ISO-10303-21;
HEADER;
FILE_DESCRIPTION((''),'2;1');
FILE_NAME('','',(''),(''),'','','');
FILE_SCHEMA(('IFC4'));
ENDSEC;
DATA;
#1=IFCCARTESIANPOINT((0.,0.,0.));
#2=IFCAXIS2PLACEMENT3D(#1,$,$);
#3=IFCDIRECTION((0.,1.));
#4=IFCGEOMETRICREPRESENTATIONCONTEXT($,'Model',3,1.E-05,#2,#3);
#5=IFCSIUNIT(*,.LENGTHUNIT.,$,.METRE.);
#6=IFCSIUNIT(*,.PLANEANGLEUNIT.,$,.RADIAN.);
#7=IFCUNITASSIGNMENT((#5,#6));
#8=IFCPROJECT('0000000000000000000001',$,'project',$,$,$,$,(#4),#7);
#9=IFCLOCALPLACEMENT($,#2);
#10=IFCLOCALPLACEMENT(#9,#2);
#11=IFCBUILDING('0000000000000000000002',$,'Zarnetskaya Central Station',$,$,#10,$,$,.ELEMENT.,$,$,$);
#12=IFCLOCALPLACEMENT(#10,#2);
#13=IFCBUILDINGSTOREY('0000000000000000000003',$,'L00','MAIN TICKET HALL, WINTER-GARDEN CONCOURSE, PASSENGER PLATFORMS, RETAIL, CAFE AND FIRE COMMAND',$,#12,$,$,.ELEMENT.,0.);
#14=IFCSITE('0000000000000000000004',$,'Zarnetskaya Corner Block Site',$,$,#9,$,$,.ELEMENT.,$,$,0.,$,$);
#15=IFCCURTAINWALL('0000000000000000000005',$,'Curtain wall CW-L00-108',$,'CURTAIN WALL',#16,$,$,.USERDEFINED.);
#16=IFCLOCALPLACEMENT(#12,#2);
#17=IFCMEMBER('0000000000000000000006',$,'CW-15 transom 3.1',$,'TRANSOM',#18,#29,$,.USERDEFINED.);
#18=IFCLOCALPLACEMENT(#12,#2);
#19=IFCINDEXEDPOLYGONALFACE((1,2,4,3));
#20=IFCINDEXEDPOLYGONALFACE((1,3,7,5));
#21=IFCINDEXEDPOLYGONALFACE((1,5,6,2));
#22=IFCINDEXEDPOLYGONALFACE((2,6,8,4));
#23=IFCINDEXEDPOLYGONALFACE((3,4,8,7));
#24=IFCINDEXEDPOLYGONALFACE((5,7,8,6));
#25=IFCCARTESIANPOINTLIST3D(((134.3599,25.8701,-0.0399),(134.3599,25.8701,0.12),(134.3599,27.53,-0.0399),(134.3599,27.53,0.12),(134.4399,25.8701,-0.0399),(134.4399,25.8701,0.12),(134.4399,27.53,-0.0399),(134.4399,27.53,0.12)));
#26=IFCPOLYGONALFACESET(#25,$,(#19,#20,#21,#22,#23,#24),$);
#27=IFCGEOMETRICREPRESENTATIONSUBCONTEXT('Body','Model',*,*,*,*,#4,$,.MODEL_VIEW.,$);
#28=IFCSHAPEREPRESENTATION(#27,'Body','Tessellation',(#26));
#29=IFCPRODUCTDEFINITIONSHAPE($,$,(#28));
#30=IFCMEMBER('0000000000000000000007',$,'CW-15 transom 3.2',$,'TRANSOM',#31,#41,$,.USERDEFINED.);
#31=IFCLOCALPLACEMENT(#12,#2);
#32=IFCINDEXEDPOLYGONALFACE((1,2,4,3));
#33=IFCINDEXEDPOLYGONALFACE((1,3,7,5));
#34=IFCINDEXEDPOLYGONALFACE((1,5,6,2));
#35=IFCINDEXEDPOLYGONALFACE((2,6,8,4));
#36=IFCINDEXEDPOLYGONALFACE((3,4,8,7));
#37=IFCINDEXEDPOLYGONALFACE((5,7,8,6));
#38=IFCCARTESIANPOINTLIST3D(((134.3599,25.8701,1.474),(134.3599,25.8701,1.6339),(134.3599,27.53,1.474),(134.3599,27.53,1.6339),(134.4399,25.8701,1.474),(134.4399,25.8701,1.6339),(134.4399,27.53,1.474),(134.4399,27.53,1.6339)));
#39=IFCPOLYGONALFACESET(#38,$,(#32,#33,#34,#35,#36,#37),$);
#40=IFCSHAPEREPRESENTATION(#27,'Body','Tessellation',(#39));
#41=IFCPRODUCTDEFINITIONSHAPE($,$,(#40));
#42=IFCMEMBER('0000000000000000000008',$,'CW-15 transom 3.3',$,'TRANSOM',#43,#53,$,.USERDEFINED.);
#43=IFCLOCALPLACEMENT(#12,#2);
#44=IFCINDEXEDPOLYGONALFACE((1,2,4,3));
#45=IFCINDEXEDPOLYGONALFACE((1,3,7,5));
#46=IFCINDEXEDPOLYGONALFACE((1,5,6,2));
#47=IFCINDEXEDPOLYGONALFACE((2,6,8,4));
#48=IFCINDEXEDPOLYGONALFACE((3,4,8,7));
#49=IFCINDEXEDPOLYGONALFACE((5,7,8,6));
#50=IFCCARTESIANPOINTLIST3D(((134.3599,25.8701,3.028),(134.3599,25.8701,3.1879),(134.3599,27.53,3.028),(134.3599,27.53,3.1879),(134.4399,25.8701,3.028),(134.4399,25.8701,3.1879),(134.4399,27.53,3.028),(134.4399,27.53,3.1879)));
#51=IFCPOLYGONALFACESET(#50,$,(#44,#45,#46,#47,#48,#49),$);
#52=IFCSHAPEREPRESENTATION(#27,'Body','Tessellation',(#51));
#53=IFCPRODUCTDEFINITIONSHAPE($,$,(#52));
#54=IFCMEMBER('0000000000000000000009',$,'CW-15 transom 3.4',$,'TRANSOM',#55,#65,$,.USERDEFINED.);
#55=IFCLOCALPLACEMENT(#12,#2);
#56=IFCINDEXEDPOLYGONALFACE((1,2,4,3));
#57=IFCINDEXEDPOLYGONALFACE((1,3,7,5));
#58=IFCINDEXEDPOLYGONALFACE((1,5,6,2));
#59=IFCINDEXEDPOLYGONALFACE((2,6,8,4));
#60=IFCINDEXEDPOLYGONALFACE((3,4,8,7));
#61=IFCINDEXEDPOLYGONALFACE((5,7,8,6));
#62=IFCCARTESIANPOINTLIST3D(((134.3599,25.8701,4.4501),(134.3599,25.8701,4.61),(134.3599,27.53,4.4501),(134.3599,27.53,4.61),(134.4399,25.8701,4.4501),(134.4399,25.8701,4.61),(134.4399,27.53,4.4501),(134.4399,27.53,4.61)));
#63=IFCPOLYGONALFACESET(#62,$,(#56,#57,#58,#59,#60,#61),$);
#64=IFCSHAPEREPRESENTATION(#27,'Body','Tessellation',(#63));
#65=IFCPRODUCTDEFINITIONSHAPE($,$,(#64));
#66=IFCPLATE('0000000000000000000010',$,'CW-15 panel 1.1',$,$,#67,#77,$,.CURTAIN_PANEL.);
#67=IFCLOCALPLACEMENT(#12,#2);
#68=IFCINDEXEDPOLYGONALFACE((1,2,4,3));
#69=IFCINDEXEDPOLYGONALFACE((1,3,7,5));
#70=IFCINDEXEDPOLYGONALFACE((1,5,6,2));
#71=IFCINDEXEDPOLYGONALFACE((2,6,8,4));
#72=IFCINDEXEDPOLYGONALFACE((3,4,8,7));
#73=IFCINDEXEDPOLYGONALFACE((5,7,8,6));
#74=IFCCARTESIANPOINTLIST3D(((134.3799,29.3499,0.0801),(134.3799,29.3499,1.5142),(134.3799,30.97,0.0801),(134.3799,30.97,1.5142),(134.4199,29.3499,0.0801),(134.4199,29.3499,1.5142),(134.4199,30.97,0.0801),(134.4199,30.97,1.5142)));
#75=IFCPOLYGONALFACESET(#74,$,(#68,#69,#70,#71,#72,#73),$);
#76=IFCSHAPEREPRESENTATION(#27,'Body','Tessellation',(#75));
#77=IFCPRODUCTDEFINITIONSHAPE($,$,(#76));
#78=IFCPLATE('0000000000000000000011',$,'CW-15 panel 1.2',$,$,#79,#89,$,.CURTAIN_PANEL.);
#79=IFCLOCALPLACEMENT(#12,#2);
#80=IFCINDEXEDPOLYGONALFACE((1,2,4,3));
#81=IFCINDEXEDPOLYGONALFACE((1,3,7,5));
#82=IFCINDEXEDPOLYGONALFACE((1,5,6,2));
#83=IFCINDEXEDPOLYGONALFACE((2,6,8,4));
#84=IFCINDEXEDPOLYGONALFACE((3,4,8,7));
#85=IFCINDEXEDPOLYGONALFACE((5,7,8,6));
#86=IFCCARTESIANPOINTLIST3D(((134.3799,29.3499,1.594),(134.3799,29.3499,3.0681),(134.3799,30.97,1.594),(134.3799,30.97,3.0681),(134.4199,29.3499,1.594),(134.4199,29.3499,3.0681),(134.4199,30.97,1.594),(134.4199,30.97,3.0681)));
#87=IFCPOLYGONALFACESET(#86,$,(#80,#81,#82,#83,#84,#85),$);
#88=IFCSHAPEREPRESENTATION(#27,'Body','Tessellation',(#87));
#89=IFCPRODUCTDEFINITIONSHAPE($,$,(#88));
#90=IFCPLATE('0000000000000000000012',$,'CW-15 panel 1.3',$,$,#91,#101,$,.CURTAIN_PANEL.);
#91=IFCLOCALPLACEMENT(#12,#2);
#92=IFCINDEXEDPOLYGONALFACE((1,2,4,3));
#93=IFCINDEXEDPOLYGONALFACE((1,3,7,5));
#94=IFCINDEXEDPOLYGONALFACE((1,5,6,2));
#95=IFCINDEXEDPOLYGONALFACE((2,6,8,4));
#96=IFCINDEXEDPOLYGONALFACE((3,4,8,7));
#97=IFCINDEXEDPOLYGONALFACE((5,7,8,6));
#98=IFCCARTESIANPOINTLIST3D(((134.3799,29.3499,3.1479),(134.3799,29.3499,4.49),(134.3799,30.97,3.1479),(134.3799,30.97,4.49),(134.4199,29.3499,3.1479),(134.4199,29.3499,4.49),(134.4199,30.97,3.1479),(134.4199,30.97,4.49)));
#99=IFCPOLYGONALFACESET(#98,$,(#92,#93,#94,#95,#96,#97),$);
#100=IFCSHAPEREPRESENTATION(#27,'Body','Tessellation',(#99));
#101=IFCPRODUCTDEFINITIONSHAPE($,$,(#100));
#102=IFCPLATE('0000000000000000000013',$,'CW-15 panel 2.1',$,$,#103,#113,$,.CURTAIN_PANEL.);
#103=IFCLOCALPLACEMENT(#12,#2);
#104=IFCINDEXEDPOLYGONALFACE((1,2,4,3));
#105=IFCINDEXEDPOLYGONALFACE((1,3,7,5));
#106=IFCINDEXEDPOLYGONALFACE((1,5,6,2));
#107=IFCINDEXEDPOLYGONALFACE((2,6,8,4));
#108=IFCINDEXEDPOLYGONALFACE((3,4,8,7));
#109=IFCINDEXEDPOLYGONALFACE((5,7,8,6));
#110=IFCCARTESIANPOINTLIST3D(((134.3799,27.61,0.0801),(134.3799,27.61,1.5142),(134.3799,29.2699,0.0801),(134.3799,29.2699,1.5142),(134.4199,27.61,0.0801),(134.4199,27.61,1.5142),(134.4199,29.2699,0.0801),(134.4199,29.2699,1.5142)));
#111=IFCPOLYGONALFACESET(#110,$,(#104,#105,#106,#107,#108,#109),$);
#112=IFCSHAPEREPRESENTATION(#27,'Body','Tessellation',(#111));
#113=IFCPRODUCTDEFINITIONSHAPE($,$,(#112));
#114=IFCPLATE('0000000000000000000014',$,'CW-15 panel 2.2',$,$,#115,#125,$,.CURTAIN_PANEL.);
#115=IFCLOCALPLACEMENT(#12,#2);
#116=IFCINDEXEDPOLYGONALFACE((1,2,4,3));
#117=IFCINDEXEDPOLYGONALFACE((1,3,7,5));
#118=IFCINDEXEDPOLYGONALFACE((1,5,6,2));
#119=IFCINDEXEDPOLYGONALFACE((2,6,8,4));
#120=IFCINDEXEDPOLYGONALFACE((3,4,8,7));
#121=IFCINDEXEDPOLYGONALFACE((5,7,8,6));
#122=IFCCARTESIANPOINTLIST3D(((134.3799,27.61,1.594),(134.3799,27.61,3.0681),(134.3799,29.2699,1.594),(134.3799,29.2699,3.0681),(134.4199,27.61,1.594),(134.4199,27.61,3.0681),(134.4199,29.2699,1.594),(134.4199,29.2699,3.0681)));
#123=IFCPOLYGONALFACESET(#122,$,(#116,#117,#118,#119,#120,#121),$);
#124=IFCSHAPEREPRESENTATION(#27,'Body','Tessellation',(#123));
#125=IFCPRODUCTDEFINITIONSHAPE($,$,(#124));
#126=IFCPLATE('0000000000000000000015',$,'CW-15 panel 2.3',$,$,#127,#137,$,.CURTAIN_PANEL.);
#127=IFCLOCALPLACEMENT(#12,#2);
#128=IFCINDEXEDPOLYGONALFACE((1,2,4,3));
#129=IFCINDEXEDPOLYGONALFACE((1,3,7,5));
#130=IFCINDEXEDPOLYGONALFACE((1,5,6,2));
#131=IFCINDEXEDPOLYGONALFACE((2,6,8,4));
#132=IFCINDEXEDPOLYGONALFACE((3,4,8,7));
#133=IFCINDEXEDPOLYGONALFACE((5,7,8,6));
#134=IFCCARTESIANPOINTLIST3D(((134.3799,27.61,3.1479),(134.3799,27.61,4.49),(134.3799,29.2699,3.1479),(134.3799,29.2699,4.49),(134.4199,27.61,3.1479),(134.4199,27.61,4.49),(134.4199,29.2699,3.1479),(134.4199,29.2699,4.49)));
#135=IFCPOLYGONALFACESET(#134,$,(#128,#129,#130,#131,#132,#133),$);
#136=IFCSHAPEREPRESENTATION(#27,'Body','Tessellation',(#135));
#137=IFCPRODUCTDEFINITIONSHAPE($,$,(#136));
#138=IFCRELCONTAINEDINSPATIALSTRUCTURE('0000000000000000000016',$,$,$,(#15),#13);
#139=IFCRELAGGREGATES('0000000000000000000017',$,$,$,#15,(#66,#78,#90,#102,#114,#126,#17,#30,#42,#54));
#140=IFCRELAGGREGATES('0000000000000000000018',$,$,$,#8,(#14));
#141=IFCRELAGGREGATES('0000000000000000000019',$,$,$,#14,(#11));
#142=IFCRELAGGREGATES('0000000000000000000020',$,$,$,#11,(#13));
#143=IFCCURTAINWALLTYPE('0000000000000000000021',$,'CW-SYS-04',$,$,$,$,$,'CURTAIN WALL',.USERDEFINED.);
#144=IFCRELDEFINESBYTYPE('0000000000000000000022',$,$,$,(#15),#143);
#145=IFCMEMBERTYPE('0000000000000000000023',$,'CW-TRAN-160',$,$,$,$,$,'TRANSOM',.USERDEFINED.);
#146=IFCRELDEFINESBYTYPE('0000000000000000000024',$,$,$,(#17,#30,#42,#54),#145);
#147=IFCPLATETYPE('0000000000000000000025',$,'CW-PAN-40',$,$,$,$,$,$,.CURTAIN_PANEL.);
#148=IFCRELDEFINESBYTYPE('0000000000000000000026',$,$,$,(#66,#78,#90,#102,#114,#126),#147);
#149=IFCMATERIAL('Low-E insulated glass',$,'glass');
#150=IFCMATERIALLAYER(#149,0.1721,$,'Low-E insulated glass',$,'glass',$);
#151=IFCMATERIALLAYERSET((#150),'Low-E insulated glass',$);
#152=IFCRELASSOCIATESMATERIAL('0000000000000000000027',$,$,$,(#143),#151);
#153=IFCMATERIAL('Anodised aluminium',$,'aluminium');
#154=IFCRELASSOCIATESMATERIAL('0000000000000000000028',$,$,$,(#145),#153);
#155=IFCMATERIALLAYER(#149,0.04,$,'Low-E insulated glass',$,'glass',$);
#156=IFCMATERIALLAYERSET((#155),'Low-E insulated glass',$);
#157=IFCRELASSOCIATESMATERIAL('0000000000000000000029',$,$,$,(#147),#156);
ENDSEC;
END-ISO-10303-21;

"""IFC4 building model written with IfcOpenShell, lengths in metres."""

from ifc_helpers import new_model, si_unit, direction, frame, origin, origin_2d, place, context, subcontext, project, spatial, rectangle, extrude, material, layer, layer_set, material_profile, profile_set, type_object, element, aggregate, save


model = new_model("IFC4")

# Units and contexts
model_context = context("Model", 3, precision=1e-05, world=origin(), true_north=direction((0.0, 1.0)))
body_context = subcontext(model_context, "Body", "Model", "MODEL_VIEW")
ifc_project = project(units=[si_unit("LENGTHUNIT", "METRE"), si_unit("PLANEANGLEUNIT", "RADIAN")], contexts=[model_context])

# Site, building, storey
site_placement = place(None, origin())
site = spatial("IfcSite", under=ifc_project, at=site_placement, Name="Zarnetskaya Corner Block Site", CompositionType="ELEMENT", RefElevation=0.0)
building_placement = place(site_placement, origin())
building = spatial("IfcBuilding", under=site, at=building_placement, Name="Zarnetskaya Central Station", CompositionType="ELEMENT")
storey_placement = place(building_placement, origin())
storey = spatial("IfcBuildingStorey", under=building, at=storey_placement, Name="L00", Description="MAIN TICKET HALL, WINTER-GARDEN CONCOURSE, PASSENGER PLATFORMS, RETAIL, CAFE AND FIRE COMMAND", CompositionType="ELEMENT", Elevation=0.0)

# Curtain wall, members, plates
ifc_material_1 = material(Name="Low-E insulated glass", Category="glass")
ifc_layer_1 = layer(ifc_material_1, 0.1721, Name="Low-E insulated glass", Category="glass")
ifc_layer_set_1 = layer_set([ifc_layer_1], Name="Low-E insulated glass")
curtain_wall_type = type_object("IfcCurtainWallType", Name="CW-SYS-04", ElementType="CURTAIN WALL", PredefinedType="USERDEFINED", material=ifc_layer_set_1)
curtain_wall_placement = place(storey_placement, origin())
curtain_wall = element("IfcCurtainWall", 1, at=curtain_wall_placement, inside=storey, type_object=curtain_wall_type, Name="Curtain wall CW-L00-108", ObjectType="CURTAIN WALL", PredefinedType="USERDEFINED")
ifc_material_2 = material(Name="Anodised aluminium", Category="aluminium")
ifc_material_profile_1 = material_profile(ifc_material_2, rectangle(XDim=0.0801, YDim=0.1599, at=origin_2d()), Name="ALU TRAN 80x160")
ifc_profile_set_1 = profile_set([ifc_material_profile_1], Name="Anodised aluminium")
member_type_1 = type_object("IfcMemberType", Name="CW-TRAN-160", ElementType="TRANSOM", PredefinedType="USERDEFINED", material=ifc_profile_set_1)
member_1_placement = place(storey_placement, frame((134.3999, 27.53, 0.04), z_axis=(0.0, -1.0, 0.0), x_axis=(1.0, 0.0, 0.0)))
member_1 = element("IfcMember", 2, at=member_1_placement, type_object=member_type_1, Name="CW-15 transom 3.1", ObjectType="TRANSOM", PredefinedType="USERDEFINED", context=body_context, shape_type="SweptSolid", body=[
    extrude(rectangle(XDim=0.0801, YDim=0.1599, at=origin_2d()), origin(), (0.0, 0.0, 1.0), 1.6599),
])
member_2_placement = place(storey_placement, frame((134.3999, 27.53, 1.554), z_axis=(0.0, -1.0, 0.0), x_axis=(1.0, 0.0, 0.0)))
member_2 = element("IfcMember", 3, at=member_2_placement, type_object=member_type_1, Name="CW-15 transom 3.2", ObjectType="TRANSOM", PredefinedType="USERDEFINED", context=body_context, shape_type="SweptSolid", body=[
    extrude(rectangle(XDim=0.0801, YDim=0.1599, at=origin_2d()), origin(), (0.0, 0.0, 1.0), 1.6599),
])
member_3_placement = place(storey_placement, frame((134.3999, 27.53, 3.1079), z_axis=(0.0, -1.0, 0.0), x_axis=(1.0, 0.0, 0.0)))
member_3 = element("IfcMember", 4, at=member_3_placement, type_object=member_type_1, Name="CW-15 transom 3.3", ObjectType="TRANSOM", PredefinedType="USERDEFINED", context=body_context, shape_type="SweptSolid", body=[
    extrude(rectangle(XDim=0.0801, YDim=0.1599, at=origin_2d()), origin(), (0.0, 0.0, 1.0), 1.6599),
])
member_4_placement = place(storey_placement, frame((134.3999, 27.53, 4.53), z_axis=(0.0, -1.0, 0.0), x_axis=(1.0, 0.0, 0.0)))
member_4 = element("IfcMember", 5, at=member_4_placement, type_object=member_type_1, Name="CW-15 transom 3.4", ObjectType="TRANSOM", PredefinedType="USERDEFINED", context=body_context, shape_type="SweptSolid", body=[
    extrude(rectangle(XDim=0.0801, YDim=0.1599, at=origin_2d()), origin(), (0.0, 0.0, 1.0), 1.6599),
])
ifc_layer_2 = layer(ifc_material_1, 0.04, Name="Low-E insulated glass", Category="glass")
ifc_layer_set_2 = layer_set([ifc_layer_2], Name="Low-E insulated glass")
plate_type = type_object("IfcPlateType", Name="CW-PAN-40", PredefinedType="CURTAIN_PANEL", material=ifc_layer_set_2)
plate_1_placement = place(storey_placement, frame((134.3999, 30.1599, 0.0801), z_axis=(0.0, 0.0, 1.0), x_axis=(0.0, -1.0, 0.0)))
plate_1 = element("IfcPlate", 6, at=plate_1_placement, type_object=plate_type, Name="CW-15 panel 1.1", PredefinedType="CURTAIN_PANEL", context=body_context, shape_type="SweptSolid", body=[
    extrude(rectangle(XDim=1.6201, YDim=0.04, at=origin_2d()), origin(), (0.0, 0.0, 1.0), 1.4341),
])
plate_2_placement = place(storey_placement, frame((134.3999, 30.1599, 1.594), z_axis=(0.0, 0.0, 1.0), x_axis=(0.0, -1.0, 0.0)))
plate_2 = element("IfcPlate", 7, at=plate_2_placement, type_object=plate_type, Name="CW-15 panel 1.2", PredefinedType="CURTAIN_PANEL", context=body_context, shape_type="SweptSolid", body=[
    extrude(rectangle(XDim=1.6201, YDim=0.04, at=origin_2d()), origin(), (0.0, 0.0, 1.0), 1.4741),
])
plate_3_placement = place(storey_placement, frame((134.3999, 30.1599, 3.1479), z_axis=(0.0, 0.0, 1.0), x_axis=(0.0, -1.0, 0.0)))
plate_3 = element("IfcPlate", 8, at=plate_3_placement, type_object=plate_type, Name="CW-15 panel 1.3", PredefinedType="CURTAIN_PANEL", context=body_context, shape_type="SweptSolid", body=[
    extrude(rectangle(XDim=1.6201, YDim=0.04, at=origin_2d()), origin(), (0.0, 0.0, 1.0), 1.342),
])
plate_4_placement = place(storey_placement, frame((134.3999, 28.4399, 0.0801), z_axis=(0.0, 0.0, 1.0), x_axis=(0.0, -1.0, 0.0)))
plate_4 = element("IfcPlate", 9, at=plate_4_placement, type_object=plate_type, Name="CW-15 panel 2.1", PredefinedType="CURTAIN_PANEL", context=body_context, shape_type="SweptSolid", body=[
    extrude(rectangle(XDim=1.6599, YDim=0.04, at=origin_2d()), origin(), (0.0, 0.0, 1.0), 1.4341),
])
plate_5_placement = place(storey_placement, frame((134.3999, 28.4399, 1.594), z_axis=(0.0, 0.0, 1.0), x_axis=(0.0, -1.0, 0.0)))
plate_5 = element("IfcPlate", 10, at=plate_5_placement, type_object=plate_type, Name="CW-15 panel 2.2", PredefinedType="CURTAIN_PANEL", context=body_context, shape_type="SweptSolid", body=[
    extrude(rectangle(XDim=1.6599, YDim=0.04, at=origin_2d()), origin(), (0.0, 0.0, 1.0), 1.4741),
])
plate_6_placement = place(storey_placement, frame((134.3999, 28.4399, 3.1479), z_axis=(0.0, 0.0, 1.0), x_axis=(0.0, -1.0, 0.0)))
plate_6 = element("IfcPlate", 11, at=plate_6_placement, type_object=plate_type, Name="CW-15 panel 2.3", PredefinedType="CURTAIN_PANEL", context=body_context, shape_type="SweptSolid", body=[
    extrude(rectangle(XDim=1.6599, YDim=0.04, at=origin_2d()), origin(), (0.0, 0.0, 1.0), 1.342),
])
aggregate(curtain_wall, [plate_1, plate_2, plate_3, plate_4, plate_5, plate_6, member_1, member_2, member_3, member_4])

save(model, "model.ifc")
